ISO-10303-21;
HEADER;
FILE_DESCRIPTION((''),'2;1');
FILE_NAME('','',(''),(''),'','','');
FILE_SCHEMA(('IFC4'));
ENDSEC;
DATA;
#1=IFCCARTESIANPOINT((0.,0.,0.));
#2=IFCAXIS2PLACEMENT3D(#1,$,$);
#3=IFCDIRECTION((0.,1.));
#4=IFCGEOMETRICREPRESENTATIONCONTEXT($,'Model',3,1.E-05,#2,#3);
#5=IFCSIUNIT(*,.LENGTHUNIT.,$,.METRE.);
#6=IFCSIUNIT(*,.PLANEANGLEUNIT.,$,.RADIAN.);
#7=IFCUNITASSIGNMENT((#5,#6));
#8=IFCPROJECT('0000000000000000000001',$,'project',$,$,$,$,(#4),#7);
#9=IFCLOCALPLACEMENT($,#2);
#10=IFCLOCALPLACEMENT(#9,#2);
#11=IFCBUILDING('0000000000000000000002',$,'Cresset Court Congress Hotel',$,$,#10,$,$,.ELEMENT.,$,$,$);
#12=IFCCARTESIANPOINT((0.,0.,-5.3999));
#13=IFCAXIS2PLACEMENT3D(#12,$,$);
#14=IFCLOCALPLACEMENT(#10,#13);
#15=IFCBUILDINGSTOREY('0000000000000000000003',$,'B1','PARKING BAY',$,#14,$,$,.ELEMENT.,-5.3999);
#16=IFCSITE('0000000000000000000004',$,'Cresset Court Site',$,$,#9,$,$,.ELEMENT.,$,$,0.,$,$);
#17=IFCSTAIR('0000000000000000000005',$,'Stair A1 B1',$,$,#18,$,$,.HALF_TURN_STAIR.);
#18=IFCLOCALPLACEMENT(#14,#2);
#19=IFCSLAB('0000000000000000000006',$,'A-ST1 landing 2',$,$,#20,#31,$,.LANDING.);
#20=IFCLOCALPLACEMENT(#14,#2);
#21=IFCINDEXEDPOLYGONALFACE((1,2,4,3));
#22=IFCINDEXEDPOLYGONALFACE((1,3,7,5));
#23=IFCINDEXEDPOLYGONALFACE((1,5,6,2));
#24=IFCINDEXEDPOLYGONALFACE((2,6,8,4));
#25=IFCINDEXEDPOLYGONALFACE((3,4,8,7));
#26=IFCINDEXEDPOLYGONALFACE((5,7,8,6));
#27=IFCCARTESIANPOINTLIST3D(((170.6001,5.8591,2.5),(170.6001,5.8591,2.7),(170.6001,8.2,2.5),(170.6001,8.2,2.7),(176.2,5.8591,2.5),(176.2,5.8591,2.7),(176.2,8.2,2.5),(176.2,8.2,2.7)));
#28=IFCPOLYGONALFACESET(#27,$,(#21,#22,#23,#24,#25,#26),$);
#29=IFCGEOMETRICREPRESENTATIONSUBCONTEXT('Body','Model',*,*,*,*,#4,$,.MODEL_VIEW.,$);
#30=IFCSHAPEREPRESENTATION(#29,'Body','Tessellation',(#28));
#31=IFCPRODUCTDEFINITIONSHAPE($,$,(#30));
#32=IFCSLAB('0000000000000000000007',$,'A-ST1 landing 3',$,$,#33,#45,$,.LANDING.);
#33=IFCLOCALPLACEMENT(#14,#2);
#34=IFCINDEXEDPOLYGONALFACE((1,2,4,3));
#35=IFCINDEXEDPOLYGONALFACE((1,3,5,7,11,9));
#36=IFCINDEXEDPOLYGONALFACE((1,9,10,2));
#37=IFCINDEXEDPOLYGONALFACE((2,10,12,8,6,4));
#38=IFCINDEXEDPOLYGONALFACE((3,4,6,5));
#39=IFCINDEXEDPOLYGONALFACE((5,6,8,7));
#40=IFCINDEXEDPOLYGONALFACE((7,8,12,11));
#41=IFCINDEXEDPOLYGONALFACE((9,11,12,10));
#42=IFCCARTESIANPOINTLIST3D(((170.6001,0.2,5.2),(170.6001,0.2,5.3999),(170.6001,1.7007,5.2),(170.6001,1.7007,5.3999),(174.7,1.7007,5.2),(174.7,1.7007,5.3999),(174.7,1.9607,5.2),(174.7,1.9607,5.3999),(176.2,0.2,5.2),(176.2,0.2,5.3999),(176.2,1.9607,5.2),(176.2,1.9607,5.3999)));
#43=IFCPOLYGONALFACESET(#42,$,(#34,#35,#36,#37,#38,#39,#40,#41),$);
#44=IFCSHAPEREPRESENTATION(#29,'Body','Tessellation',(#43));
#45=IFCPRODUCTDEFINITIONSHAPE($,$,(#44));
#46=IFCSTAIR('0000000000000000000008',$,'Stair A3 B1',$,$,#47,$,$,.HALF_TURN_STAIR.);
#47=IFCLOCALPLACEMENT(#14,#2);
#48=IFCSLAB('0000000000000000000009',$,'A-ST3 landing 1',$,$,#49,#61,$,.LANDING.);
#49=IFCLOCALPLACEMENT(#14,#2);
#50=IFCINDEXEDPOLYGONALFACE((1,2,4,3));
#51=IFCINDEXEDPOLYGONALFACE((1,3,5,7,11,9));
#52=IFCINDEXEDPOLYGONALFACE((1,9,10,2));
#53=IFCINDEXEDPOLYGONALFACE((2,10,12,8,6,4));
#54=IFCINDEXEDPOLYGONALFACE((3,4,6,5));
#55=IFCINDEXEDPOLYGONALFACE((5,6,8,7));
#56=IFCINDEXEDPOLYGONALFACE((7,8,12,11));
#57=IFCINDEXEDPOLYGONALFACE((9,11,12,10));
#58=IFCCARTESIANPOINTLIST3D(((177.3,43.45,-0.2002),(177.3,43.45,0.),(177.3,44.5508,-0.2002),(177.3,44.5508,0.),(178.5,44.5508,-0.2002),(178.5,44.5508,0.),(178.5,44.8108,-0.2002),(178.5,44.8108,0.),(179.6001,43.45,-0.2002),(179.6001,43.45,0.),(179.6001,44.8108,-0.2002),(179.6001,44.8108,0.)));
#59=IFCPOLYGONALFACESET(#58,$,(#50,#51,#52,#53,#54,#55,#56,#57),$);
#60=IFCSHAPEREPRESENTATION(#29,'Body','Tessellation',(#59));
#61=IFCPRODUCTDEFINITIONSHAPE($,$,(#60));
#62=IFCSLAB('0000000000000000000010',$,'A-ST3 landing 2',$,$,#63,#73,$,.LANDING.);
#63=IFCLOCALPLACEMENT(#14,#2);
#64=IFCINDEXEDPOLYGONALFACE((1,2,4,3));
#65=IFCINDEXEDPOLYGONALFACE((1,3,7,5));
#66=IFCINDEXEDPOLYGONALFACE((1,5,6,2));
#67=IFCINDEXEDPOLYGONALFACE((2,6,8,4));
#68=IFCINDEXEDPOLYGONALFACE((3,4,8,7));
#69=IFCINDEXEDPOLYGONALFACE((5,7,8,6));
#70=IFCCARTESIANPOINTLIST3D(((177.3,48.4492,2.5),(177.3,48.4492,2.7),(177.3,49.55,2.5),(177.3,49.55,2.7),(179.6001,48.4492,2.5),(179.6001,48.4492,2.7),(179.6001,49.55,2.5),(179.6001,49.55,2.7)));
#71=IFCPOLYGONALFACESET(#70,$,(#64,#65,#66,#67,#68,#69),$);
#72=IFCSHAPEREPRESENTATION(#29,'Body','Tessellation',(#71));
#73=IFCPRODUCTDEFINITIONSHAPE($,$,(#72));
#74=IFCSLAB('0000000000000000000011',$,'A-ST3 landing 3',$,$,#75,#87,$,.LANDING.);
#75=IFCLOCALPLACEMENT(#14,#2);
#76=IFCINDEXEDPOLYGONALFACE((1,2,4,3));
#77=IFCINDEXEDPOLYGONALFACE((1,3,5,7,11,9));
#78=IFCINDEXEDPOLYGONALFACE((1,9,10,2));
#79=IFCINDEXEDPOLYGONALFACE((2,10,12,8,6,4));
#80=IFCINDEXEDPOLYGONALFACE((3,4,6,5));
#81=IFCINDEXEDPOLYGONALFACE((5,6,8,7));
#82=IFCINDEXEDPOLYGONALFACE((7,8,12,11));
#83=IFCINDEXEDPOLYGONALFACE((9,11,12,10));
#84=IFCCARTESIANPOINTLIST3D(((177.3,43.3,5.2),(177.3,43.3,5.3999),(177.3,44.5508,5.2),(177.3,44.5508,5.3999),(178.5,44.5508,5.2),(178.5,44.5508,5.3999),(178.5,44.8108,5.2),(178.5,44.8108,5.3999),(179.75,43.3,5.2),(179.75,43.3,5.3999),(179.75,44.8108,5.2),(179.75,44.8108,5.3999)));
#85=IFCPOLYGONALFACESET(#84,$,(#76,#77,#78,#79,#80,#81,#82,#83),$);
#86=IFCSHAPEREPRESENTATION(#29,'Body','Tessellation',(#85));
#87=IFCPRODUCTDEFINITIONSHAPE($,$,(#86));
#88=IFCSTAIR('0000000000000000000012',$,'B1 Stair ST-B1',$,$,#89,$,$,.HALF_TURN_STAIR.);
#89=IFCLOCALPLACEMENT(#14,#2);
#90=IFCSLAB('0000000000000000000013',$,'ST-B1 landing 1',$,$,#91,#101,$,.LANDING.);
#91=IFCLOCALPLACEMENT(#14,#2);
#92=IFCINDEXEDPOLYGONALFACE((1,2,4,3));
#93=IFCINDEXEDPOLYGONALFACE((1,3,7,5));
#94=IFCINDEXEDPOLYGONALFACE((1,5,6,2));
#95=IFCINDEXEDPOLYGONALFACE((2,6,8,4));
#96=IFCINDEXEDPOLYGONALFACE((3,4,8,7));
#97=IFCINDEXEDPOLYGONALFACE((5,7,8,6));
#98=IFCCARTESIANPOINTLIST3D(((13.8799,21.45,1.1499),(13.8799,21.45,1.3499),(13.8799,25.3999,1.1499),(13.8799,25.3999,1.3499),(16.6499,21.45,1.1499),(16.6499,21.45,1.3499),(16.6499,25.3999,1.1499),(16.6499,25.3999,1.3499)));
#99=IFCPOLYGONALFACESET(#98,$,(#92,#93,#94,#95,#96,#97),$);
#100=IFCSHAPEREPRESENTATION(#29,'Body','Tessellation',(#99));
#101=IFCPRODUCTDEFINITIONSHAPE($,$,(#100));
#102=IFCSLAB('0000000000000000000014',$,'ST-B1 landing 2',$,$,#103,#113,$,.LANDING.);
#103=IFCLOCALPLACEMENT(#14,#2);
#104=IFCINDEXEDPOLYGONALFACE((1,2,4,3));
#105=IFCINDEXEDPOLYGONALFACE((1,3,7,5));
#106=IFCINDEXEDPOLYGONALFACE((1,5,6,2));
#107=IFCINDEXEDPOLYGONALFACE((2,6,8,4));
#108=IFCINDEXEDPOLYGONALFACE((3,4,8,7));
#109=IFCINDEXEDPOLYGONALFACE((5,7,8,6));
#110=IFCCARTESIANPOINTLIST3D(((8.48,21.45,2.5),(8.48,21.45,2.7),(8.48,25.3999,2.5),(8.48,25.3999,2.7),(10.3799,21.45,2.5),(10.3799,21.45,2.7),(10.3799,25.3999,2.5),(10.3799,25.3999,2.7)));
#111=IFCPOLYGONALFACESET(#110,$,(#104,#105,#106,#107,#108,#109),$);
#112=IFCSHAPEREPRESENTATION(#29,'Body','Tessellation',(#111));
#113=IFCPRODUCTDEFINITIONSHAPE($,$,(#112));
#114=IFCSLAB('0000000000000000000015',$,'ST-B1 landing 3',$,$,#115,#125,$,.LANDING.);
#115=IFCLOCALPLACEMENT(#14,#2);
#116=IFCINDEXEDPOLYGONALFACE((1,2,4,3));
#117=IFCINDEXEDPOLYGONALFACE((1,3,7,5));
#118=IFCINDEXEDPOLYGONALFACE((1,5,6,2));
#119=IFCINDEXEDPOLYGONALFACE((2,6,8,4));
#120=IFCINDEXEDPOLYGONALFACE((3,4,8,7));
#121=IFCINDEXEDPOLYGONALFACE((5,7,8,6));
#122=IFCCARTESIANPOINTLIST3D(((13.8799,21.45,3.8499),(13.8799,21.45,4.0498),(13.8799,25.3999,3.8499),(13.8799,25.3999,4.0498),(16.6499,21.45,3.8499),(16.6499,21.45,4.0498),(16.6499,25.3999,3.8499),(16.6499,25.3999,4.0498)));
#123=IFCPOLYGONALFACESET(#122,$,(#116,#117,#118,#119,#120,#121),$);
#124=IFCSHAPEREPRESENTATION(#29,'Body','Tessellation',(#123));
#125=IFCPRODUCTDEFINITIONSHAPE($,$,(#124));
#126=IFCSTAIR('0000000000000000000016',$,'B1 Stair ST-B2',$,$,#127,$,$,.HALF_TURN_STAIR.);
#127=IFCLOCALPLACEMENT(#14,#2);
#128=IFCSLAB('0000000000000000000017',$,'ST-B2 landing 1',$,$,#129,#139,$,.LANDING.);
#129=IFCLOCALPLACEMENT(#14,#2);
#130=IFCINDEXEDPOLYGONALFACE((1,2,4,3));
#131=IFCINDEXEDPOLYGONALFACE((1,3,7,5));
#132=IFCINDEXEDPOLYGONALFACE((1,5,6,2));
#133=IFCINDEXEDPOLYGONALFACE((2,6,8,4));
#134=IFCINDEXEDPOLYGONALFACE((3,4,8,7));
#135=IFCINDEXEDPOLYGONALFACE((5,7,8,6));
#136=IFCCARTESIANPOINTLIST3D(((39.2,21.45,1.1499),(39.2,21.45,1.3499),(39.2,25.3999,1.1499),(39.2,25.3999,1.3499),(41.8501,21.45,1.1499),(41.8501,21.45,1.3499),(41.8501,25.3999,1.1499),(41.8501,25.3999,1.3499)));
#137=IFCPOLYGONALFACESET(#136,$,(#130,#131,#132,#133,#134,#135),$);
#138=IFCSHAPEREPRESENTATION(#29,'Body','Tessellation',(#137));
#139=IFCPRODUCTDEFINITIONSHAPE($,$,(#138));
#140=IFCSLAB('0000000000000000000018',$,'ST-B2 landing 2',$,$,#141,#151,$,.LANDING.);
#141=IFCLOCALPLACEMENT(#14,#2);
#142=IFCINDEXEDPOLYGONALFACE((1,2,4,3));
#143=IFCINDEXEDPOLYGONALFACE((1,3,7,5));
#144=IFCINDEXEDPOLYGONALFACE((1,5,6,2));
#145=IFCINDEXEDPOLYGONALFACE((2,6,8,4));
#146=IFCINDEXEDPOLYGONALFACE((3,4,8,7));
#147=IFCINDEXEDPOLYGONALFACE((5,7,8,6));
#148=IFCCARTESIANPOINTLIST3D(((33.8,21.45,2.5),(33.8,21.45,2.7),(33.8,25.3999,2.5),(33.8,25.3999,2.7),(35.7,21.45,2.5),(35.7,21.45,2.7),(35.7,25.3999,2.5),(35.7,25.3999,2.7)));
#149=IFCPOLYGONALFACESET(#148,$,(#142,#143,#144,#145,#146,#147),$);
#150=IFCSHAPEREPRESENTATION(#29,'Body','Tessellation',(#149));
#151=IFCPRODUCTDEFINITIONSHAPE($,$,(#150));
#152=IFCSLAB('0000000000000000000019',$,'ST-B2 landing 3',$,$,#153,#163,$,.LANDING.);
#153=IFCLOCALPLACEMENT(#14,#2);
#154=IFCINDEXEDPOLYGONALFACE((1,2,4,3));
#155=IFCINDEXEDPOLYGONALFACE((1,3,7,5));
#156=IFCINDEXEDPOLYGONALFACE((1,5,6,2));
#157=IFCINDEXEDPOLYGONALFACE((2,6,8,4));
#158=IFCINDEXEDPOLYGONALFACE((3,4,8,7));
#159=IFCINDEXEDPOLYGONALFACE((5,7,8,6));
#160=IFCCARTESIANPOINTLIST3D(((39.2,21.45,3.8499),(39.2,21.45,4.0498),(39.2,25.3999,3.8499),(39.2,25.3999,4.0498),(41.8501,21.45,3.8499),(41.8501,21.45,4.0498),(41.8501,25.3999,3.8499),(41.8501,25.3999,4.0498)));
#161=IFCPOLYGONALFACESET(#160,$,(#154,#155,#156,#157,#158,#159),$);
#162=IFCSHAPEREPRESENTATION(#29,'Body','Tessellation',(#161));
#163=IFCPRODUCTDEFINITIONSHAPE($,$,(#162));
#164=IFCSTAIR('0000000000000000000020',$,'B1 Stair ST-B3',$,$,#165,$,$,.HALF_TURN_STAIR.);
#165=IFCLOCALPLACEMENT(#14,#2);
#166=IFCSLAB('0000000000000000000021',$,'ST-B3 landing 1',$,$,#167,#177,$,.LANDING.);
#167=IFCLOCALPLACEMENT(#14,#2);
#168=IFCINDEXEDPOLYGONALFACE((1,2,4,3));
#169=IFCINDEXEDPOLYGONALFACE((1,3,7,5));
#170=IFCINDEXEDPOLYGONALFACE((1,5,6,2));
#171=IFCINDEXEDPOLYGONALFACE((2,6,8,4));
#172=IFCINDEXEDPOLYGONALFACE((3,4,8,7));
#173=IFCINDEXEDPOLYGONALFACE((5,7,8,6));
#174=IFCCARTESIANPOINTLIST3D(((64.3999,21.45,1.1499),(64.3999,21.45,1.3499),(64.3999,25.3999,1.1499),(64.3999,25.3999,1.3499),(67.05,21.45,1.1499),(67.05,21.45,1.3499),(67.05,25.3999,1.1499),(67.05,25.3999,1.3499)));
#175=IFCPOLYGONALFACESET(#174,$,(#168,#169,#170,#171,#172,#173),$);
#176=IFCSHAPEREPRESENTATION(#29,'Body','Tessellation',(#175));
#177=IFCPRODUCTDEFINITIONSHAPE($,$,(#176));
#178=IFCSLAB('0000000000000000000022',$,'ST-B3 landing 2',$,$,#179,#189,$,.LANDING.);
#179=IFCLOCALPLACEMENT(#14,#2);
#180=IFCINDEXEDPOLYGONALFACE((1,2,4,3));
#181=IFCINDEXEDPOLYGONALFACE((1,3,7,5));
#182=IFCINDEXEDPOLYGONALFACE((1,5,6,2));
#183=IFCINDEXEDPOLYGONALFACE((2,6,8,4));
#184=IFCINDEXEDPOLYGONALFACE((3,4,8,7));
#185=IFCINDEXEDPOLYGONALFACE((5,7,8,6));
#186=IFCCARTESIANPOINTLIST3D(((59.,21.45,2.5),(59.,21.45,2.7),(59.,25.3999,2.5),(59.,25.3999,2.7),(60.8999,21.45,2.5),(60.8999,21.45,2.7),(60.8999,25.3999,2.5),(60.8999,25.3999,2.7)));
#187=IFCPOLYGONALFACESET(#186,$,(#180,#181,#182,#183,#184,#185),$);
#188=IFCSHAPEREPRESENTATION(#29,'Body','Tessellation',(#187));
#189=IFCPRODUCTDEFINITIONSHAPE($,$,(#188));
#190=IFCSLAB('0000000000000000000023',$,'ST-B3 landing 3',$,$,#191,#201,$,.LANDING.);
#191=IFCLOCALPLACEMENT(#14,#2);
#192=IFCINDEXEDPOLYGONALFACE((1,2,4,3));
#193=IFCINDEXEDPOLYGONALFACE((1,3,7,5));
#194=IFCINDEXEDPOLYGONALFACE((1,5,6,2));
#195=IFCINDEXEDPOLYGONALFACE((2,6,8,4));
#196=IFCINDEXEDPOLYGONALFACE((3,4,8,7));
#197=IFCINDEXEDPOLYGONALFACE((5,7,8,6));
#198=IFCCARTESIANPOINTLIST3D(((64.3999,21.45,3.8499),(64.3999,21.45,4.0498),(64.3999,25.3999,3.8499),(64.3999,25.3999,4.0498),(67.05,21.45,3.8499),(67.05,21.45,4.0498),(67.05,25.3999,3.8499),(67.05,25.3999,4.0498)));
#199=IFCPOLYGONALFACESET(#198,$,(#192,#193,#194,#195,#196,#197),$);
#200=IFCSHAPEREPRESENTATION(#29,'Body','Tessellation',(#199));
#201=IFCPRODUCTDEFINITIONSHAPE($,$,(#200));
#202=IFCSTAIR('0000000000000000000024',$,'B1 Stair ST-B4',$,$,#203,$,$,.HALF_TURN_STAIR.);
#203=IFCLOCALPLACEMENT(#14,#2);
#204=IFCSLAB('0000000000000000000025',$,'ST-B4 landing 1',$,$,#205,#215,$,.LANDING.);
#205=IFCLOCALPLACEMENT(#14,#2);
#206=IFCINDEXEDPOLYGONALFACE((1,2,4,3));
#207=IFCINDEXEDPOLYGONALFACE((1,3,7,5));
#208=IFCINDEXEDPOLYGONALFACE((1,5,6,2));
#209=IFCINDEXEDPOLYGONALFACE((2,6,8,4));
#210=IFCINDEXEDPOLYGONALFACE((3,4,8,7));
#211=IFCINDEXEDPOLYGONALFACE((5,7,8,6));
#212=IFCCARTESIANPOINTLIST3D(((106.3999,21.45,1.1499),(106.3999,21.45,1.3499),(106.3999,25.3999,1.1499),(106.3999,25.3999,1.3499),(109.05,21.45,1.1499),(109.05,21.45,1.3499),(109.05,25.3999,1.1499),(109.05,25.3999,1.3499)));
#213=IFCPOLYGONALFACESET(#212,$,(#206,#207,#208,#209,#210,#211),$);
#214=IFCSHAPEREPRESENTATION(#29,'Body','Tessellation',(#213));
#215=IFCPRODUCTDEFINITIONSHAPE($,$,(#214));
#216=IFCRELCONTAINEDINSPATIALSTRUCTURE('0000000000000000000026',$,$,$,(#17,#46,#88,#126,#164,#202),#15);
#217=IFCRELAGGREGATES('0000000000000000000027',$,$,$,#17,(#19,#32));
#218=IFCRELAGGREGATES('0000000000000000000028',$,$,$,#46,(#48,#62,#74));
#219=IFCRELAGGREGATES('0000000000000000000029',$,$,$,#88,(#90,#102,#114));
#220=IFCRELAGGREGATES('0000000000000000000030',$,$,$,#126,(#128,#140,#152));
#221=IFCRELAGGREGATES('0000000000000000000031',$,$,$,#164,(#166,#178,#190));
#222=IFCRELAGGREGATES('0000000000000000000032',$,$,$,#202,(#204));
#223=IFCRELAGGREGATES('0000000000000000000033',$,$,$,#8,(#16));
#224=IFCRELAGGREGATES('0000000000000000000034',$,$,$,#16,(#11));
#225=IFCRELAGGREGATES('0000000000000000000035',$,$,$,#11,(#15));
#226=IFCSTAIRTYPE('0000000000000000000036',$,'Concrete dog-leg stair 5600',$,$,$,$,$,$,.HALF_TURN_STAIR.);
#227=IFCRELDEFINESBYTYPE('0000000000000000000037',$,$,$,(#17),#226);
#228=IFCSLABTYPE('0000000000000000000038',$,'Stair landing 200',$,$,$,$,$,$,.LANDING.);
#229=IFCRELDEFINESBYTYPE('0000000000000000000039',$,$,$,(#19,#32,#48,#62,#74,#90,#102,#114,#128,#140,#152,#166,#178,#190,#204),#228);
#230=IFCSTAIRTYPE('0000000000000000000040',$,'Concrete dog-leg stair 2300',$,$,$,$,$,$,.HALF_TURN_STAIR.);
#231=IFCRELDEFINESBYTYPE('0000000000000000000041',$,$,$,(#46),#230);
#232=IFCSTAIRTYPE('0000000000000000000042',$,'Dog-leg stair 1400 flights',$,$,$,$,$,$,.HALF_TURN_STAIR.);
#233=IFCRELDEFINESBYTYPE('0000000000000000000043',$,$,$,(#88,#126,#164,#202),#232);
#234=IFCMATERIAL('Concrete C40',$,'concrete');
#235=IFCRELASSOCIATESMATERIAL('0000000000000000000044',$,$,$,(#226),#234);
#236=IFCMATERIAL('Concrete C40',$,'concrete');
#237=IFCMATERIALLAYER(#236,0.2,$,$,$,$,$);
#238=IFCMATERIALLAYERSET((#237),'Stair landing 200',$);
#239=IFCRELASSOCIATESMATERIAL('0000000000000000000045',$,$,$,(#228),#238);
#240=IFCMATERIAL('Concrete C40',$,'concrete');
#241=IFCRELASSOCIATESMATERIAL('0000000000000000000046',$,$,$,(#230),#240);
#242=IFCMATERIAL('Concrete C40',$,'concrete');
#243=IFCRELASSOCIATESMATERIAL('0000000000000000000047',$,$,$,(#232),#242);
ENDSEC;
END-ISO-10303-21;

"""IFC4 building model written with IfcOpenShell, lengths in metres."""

from ifc_helpers import new_model, si_unit, direction, frame, origin, place, context, subcontext, project, spatial, polyline, outline, extrude, material, layer, layer_set, type_object, element, aggregate, save


model = new_model("IFC4")

# Units and contexts
model_context = context("Model", 3, precision=1e-05, world=origin(), true_north=direction((0.0, 1.0)))
body_context = subcontext(model_context, "Body", "Model", "MODEL_VIEW")
ifc_project = project(units=[si_unit("LENGTHUNIT", "METRE"), si_unit("PLANEANGLEUNIT", "RADIAN")], contexts=[model_context])

# Site, building, storey
site_placement = place(None, origin())
site = spatial("IfcSite", under=ifc_project, at=site_placement, Name="Cresset Court Site", CompositionType="ELEMENT", RefElevation=0.0)
building_placement = place(site_placement, origin())
building = spatial("IfcBuilding", under=site, at=building_placement, Name="Cresset Court Congress Hotel", CompositionType="ELEMENT")
storey_placement = place(building_placement, frame((0.0, 0.0, -5.3999)))
storey = spatial("IfcBuildingStorey", under=building, at=storey_placement, Name="B1", Description="PARKING BAY", CompositionType="ELEMENT", Elevation=-5.3999)

# Stairs, slabs
ifc_material_1 = material(Name="Concrete C40", Category="concrete")
stair_type_1 = type_object("IfcStairType", Name="Concrete dog-leg stair 5600", PredefinedType="HALF_TURN_STAIR", material=ifc_material_1)
stair_1_placement = place(storey_placement, origin())
stair_1 = element("IfcStair", 1, at=stair_1_placement, inside=storey, type_object=stair_type_1, Name="Stair A1 B1", PredefinedType="HALF_TURN_STAIR")
ifc_material_2 = material(Name="Concrete C40", Category="concrete")
ifc_layer_1 = layer(ifc_material_2, 0.2)
ifc_layer_set_1 = layer_set([ifc_layer_1], Name="Stair landing 200")
slab_type_1 = type_object("IfcSlabType", Name="Stair landing 200", PredefinedType="LANDING", material=ifc_layer_set_1)
slab_1_placement = place(storey_placement, frame((0.0, 0.0, 2.5)))
slab_1 = element("IfcSlab", 2, at=slab_1_placement, type_object=slab_type_1, Name="A-ST1 landing 2", PredefinedType="LANDING", context=body_context, shape_type="SweptSolid", body=[
    extrude(outline(polyline([(170.6001, 5.8591), (176.2, 5.8591), (176.2, 8.2), (170.6001, 8.2), (170.6001, 5.8591)])), origin(), (0.0, 0.0, 1.0), 0.2),
])
slab_2_placement = place(storey_placement, frame((0.0, 0.0, 5.2)))
slab_2 = element("IfcSlab", 3, at=slab_2_placement, type_object=slab_type_1, Name="A-ST1 landing 3", PredefinedType="LANDING", context=body_context, shape_type="SweptSolid", body=[
    extrude(outline(polyline([(170.6001, 0.2), (176.2, 0.2), (176.2, 1.9607), (174.7, 1.9607), (174.7, 1.7007), (170.6001, 1.7007), (170.6001, 0.2)])), origin(), (0.0, 0.0, 1.0), 0.2),
])
aggregate(stair_1, [slab_1, slab_2])
ifc_material_3 = material(Name="Concrete C40", Category="concrete")
stair_type_2 = type_object("IfcStairType", Name="Concrete dog-leg stair 2300", PredefinedType="HALF_TURN_STAIR", material=ifc_material_3)
stair_2_placement = place(storey_placement, origin())
stair_2 = element("IfcStair", 4, at=stair_2_placement, inside=storey, type_object=stair_type_2, Name="Stair A3 B1", PredefinedType="HALF_TURN_STAIR")
slab_3_placement = place(storey_placement, frame((0.0, 0.0, -0.2002)))
slab_3 = element("IfcSlab", 5, at=slab_3_placement, type_object=slab_type_1, Name="A-ST3 landing 1", PredefinedType="LANDING", context=body_context, shape_type="SweptSolid", body=[
    extrude(outline(polyline([(177.3, 43.45), (179.6001, 43.45), (179.6001, 44.8108), (178.5, 44.8108), (178.5, 44.5508), (177.3, 44.5508), (177.3, 43.45)])), origin(), (0.0, 0.0, 1.0), 0.2002),
])
slab_4_placement = place(storey_placement, frame((0.0, 0.0, 2.5)))
slab_4 = element("IfcSlab", 6, at=slab_4_placement, type_object=slab_type_1, Name="A-ST3 landing 2", PredefinedType="LANDING", context=body_context, shape_type="SweptSolid", body=[
    extrude(outline(polyline([(177.3, 48.4492), (179.6001, 48.4492), (179.6001, 49.55), (177.3, 49.55), (177.3, 48.4492)])), origin(), (0.0, 0.0, 1.0), 0.2),
])
slab_5_placement = place(storey_placement, frame((0.0, 0.0, 5.2)))
slab_5 = element("IfcSlab", 7, at=slab_5_placement, type_object=slab_type_1, Name="A-ST3 landing 3", PredefinedType="LANDING", context=body_context, shape_type="SweptSolid", body=[
    extrude(outline(polyline([(177.3, 43.3), (179.75, 43.3), (179.75, 44.8108), (178.5, 44.8108), (178.5, 44.5508), (177.3, 44.5508), (177.3, 43.3)])), origin(), (0.0, 0.0, 1.0), 0.2),
])
aggregate(stair_2, [slab_3, slab_4, slab_5])
ifc_material_4 = material(Name="Concrete C40", Category="concrete")
stair_type_3 = type_object("IfcStairType", Name="Dog-leg stair 1400 flights", PredefinedType="HALF_TURN_STAIR", material=ifc_material_4)
stair_3_placement = place(storey_placement, origin())
stair_3 = element("IfcStair", 8, at=stair_3_placement, inside=storey, type_object=stair_type_3, Name="B1 Stair ST-B1", PredefinedType="HALF_TURN_STAIR")
slab_6_placement = place(storey_placement, frame((0.0, 0.0, 1.1499)))
slab_6 = element("IfcSlab", 9, at=slab_6_placement, type_object=slab_type_1, Name="ST-B1 landing 1", PredefinedType="LANDING", context=body_context, shape_type="SweptSolid", body=[
    extrude(outline(polyline([(13.8799, 21.45), (16.6499, 21.45), (16.6499, 25.3999), (13.8799, 25.3999), (13.8799, 21.45)])), origin(), (0.0, 0.0, 1.0), 0.2),
])
slab_7_placement = place(storey_placement, frame((0.0, 0.0, 2.5)))
slab_7 = element("IfcSlab", 10, at=slab_7_placement, type_object=slab_type_1, Name="ST-B1 landing 2", PredefinedType="LANDING", context=body_context, shape_type="SweptSolid", body=[
    extrude(outline(polyline([(8.48, 21.45), (10.3799, 21.45), (10.3799, 25.3999), (8.48, 25.3999), (8.48, 21.45)])), origin(), (0.0, 0.0, 1.0), 0.2),
])
slab_8_placement = place(storey_placement, frame((0.0, 0.0, 3.8499)))
slab_8 = element("IfcSlab", 11, at=slab_8_placement, type_object=slab_type_1, Name="ST-B1 landing 3", PredefinedType="LANDING", context=body_context, shape_type="SweptSolid", body=[
    extrude(outline(polyline([(13.8799, 21.45), (16.6499, 21.45), (16.6499, 25.3999), (13.8799, 25.3999), (13.8799, 21.45)])), origin(), (0.0, 0.0, 1.0), 0.2),
])
aggregate(stair_3, [slab_6, slab_7, slab_8])
stair_4_placement = place(storey_placement, origin())
stair_4 = element("IfcStair", 12, at=stair_4_placement, inside=storey, type_object=stair_type_3, Name="B1 Stair ST-B2", PredefinedType="HALF_TURN_STAIR")
slab_9_placement = place(storey_placement, frame((0.0, 0.0, 1.1499)))
slab_9 = element("IfcSlab", 13, at=slab_9_placement, type_object=slab_type_1, Name="ST-B2 landing 1", PredefinedType="LANDING", context=body_context, shape_type="SweptSolid", body=[
    extrude(outline(polyline([(39.2, 21.45), (41.8501, 21.45), (41.8501, 25.3999), (39.2, 25.3999), (39.2, 21.45)])), origin(), (0.0, 0.0, 1.0), 0.2),
])
slab_10_placement = place(storey_placement, frame((0.0, 0.0, 2.5)))
slab_10 = element("IfcSlab", 14, at=slab_10_placement, type_object=slab_type_1, Name="ST-B2 landing 2", PredefinedType="LANDING", context=body_context, shape_type="SweptSolid", body=[
    extrude(outline(polyline([(33.8, 21.45), (35.7, 21.45), (35.7, 25.3999), (33.8, 25.3999), (33.8, 21.45)])), origin(), (0.0, 0.0, 1.0), 0.2),
])
slab_11_placement = place(storey_placement, frame((0.0, 0.0, 3.8499)))
slab_11 = element("IfcSlab", 15, at=slab_11_placement, type_object=slab_type_1, Name="ST-B2 landing 3", PredefinedType="LANDING", context=body_context, shape_type="SweptSolid", body=[
    extrude(outline(polyline([(39.2, 21.45), (41.8501, 21.45), (41.8501, 25.3999), (39.2, 25.3999), (39.2, 21.45)])), origin(), (0.0, 0.0, 1.0), 0.2),
])
aggregate(stair_4, [slab_9, slab_10, slab_11])
stair_5_placement = place(storey_placement, origin())
stair_5 = element("IfcStair", 16, at=stair_5_placement, inside=storey, type_object=stair_type_3, Name="B1 Stair ST-B3", PredefinedType="HALF_TURN_STAIR")
slab_12_placement = place(storey_placement, frame((0.0, 0.0, 1.1499)))
slab_12 = element("IfcSlab", 17, at=slab_12_placement, type_object=slab_type_1, Name="ST-B3 landing 1", PredefinedType="LANDING", context=body_context, shape_type="SweptSolid", body=[
    extrude(outline(polyline([(64.3999, 21.45), (67.05, 21.45), (67.05, 25.3999), (64.3999, 25.3999), (64.3999, 21.45)])), origin(), (0.0, 0.0, 1.0), 0.2),
])
slab_13_placement = place(storey_placement, frame((0.0, 0.0, 2.5)))
slab_13 = element("IfcSlab", 18, at=slab_13_placement, type_object=slab_type_1, Name="ST-B3 landing 2", PredefinedType="LANDING", context=body_context, shape_type="SweptSolid", body=[
    extrude(outline(polyline([(59.0, 21.45), (60.8999, 21.45), (60.8999, 25.3999), (59.0, 25.3999), (59.0, 21.45)])), origin(), (0.0, 0.0, 1.0), 0.2),
])
slab_14_placement = place(storey_placement, frame((0.0, 0.0, 3.8499)))
slab_14 = element("IfcSlab", 19, at=slab_14_placement, type_object=slab_type_1, Name="ST-B3 landing 3", PredefinedType="LANDING", context=body_context, shape_type="SweptSolid", body=[
    extrude(outline(polyline([(64.3999, 21.45), (67.05, 21.45), (67.05, 25.3999), (64.3999, 25.3999), (64.3999, 21.45)])), origin(), (0.0, 0.0, 1.0), 0.2),
])
aggregate(stair_5, [slab_12, slab_13, slab_14])
stair_6_placement = place(storey_placement, origin())
stair_6 = element("IfcStair", 20, at=stair_6_placement, inside=storey, type_object=stair_type_3, Name="B1 Stair ST-B4", PredefinedType="HALF_TURN_STAIR")
slab_15_placement = place(storey_placement, frame((0.0, 0.0, 1.1499)))
slab_15 = element("IfcSlab", 21, at=slab_15_placement, type_object=slab_type_1, Name="ST-B4 landing 1", PredefinedType="LANDING", context=body_context, shape_type="SweptSolid", body=[
    extrude(outline(polyline([(106.3999, 21.45), (109.05, 21.45), (109.05, 25.3999), (106.3999, 25.3999), (106.3999, 21.45)])), origin(), (0.0, 0.0, 1.0), 0.2),
])
aggregate(stair_6, [slab_15])

save(model, "model.ifc")
